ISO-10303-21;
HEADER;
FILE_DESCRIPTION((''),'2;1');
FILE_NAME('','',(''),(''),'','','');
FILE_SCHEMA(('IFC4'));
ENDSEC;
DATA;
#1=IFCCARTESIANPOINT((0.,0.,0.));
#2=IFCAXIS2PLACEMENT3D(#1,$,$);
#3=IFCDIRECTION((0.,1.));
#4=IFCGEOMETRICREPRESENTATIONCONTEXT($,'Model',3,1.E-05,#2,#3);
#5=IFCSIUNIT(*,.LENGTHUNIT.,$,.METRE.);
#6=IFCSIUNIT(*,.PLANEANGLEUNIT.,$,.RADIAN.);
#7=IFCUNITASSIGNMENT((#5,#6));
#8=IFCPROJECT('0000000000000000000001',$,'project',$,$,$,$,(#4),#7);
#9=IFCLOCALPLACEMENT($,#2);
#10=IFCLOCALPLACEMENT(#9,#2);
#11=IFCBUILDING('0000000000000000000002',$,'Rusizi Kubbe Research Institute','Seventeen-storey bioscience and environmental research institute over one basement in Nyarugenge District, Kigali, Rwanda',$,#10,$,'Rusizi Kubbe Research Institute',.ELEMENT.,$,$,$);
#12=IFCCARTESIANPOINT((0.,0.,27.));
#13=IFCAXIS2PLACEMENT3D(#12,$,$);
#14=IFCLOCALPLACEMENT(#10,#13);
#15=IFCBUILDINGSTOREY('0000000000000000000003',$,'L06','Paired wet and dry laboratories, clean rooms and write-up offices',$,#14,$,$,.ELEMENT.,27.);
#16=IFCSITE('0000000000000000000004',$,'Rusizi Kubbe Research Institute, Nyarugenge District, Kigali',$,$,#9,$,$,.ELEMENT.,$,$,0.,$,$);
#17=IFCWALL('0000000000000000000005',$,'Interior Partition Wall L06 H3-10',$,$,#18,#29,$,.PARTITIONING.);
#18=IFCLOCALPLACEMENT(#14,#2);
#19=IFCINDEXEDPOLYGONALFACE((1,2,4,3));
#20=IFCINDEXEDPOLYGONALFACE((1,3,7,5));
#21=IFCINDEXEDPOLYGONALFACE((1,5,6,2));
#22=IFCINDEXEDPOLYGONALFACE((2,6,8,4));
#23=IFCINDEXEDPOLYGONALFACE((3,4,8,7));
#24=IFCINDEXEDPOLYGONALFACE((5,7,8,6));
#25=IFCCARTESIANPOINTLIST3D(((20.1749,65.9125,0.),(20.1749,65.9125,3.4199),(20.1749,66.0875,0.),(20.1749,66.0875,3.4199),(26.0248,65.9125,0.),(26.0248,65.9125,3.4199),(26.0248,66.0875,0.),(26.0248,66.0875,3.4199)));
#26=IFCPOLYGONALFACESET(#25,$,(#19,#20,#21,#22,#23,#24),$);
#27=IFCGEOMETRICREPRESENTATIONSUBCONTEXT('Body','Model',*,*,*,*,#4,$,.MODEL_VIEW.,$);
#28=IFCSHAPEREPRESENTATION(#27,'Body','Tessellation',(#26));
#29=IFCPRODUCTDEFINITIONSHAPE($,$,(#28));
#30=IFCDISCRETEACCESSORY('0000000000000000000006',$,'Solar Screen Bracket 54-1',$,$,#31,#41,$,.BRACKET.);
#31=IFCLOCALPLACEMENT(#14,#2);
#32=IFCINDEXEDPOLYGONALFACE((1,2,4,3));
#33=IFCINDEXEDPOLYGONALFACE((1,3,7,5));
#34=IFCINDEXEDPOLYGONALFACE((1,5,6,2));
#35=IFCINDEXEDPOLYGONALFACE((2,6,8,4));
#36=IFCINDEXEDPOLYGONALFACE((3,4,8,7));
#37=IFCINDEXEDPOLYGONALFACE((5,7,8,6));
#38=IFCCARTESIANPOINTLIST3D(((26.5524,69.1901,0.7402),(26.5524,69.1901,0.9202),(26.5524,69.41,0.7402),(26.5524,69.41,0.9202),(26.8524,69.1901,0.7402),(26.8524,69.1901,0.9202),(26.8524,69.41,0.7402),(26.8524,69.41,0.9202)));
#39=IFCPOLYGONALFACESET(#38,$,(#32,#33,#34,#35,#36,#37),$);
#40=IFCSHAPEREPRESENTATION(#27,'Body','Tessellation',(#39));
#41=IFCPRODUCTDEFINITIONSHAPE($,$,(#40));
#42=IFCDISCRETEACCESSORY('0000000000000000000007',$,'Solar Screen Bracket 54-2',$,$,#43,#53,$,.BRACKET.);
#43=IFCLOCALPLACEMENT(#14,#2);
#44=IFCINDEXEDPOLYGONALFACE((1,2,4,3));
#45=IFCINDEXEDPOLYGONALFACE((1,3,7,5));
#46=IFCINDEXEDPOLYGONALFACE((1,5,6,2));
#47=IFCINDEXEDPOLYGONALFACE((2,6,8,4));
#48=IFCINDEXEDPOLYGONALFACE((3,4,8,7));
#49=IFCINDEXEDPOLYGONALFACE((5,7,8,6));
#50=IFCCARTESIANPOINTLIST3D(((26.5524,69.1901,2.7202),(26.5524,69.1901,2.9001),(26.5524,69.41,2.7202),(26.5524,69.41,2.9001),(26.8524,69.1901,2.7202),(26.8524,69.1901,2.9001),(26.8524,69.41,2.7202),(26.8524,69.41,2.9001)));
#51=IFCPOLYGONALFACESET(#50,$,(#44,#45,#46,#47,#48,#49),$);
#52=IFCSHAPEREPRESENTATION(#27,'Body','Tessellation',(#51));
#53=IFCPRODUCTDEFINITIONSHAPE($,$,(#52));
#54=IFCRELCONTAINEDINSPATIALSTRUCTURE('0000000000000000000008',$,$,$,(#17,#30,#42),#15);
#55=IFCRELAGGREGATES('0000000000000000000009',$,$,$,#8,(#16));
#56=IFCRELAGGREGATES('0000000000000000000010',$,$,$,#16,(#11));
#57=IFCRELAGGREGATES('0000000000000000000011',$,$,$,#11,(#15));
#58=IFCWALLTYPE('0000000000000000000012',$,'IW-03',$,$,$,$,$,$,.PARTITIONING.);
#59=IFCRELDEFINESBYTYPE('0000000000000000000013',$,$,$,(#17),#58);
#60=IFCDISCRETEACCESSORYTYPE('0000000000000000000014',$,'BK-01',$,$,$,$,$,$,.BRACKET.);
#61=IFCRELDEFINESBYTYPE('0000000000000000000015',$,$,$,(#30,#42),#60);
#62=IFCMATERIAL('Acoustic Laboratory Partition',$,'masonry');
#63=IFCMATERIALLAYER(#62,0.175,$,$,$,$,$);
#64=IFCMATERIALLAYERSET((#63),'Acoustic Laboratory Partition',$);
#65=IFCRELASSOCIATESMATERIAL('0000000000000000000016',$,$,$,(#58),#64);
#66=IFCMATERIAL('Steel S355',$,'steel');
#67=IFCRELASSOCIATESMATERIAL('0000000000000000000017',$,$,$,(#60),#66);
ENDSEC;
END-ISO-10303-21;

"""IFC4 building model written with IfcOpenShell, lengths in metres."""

from ifc_helpers import new_model, si_unit, direction, frame, frame_2d, origin, origin_2d, place, context, subcontext, project, spatial, rectangle, extrude, material, layer, layer_set, type_object, element, save


model = new_model("IFC4")

# Units and contexts
model_context = context("Model", 3, precision=1e-05, world=origin(), true_north=direction((0.0, 1.0)))
body_context = subcontext(model_context, "Body", "Model", "MODEL_VIEW")
ifc_project = project(units=[si_unit("LENGTHUNIT", "METRE"), si_unit("PLANEANGLEUNIT", "RADIAN")], contexts=[model_context])

# Site, building, storey
site_placement = place(None, origin())
site = spatial("IfcSite", under=ifc_project, at=site_placement, Name="Rusizi Kubbe Research Institute, Nyarugenge District, Kigali", CompositionType="ELEMENT", RefElevation=0.0)
building_placement = place(site_placement, origin())
building = spatial("IfcBuilding", under=site, at=building_placement, Name="Rusizi Kubbe Research Institute", Description="Seventeen-storey bioscience and environmental research institute over one basement in Nyarugenge District, Kigali, Rwanda", LongName="Rusizi Kubbe Research Institute", CompositionType="ELEMENT")
storey_placement = place(building_placement, frame((0.0, 0.0, 27.0)))
storey = spatial("IfcBuildingStorey", under=building, at=storey_placement, Name="L06", Description="Paired wet and dry laboratories, clean rooms and write-up offices", CompositionType="ELEMENT", Elevation=27.0)

# Wall
ifc_material_1 = material(Name="Acoustic Laboratory Partition", Category="masonry")
ifc_layer_1 = layer(ifc_material_1, 0.175)
ifc_layer_set_1 = layer_set([ifc_layer_1], Name="Acoustic Laboratory Partition")
wall_type_1 = type_object("IfcWallType", Name="IW-03", PredefinedType="PARTITIONING", material=ifc_layer_set_1)
wall_1_placement = place(storey_placement, frame((20.175, 66.0, 0.0), z_axis=(0.0, 0.0, 1.0), x_axis=(1.0, 0.0, 0.0)))
element("IfcWall", 1, at=wall_1_placement, inside=storey, type_object=wall_type_1, Name="Interior Partition Wall L06 H3-10", PredefinedType="PARTITIONING", context=body_context, shape_type="SweptSolid", body=[
    extrude(rectangle(XDim=5.8499, YDim=0.175, at=frame_2d((2.9248, 0.0))), origin(), (0.0, 0.0, 1.0), 3.4199),
])

# Discrete accessories
ifc_material_2 = material(Name="Steel S355", Category="steel")
discrete_accessory_type = type_object("IfcDiscreteAccessoryType", Name="BK-01", PredefinedType="BRACKET", material=ifc_material_2)
for number, where, z_axis, x_axis, name in (
    (2, (26.7024, 69.3, 0.7402), (0.0, 0.0, 1.0), (1.0, 0.0, 0.0), "Solar Screen Bracket 54-1"),
    (3, (26.7024, 69.3, 2.7202), (0.0, 0.0, 1.0), (1.0, 0.0, 0.0), "Solar Screen Bracket 54-2"),
):
    element("IfcDiscreteAccessory", number, at=place(storey_placement, frame(where, z_axis=z_axis, x_axis=x_axis)), inside=storey, type_object=discrete_accessory_type, Name=name, PredefinedType="BRACKET", context=body_context, shape_type="SweptSolid", body=[
        extrude(rectangle(XDim=0.3, YDim=0.22, at=origin_2d()), origin(), (0.0, 0.0, 1.0), 0.1799),
    ])

save(model, "model.ifc")
